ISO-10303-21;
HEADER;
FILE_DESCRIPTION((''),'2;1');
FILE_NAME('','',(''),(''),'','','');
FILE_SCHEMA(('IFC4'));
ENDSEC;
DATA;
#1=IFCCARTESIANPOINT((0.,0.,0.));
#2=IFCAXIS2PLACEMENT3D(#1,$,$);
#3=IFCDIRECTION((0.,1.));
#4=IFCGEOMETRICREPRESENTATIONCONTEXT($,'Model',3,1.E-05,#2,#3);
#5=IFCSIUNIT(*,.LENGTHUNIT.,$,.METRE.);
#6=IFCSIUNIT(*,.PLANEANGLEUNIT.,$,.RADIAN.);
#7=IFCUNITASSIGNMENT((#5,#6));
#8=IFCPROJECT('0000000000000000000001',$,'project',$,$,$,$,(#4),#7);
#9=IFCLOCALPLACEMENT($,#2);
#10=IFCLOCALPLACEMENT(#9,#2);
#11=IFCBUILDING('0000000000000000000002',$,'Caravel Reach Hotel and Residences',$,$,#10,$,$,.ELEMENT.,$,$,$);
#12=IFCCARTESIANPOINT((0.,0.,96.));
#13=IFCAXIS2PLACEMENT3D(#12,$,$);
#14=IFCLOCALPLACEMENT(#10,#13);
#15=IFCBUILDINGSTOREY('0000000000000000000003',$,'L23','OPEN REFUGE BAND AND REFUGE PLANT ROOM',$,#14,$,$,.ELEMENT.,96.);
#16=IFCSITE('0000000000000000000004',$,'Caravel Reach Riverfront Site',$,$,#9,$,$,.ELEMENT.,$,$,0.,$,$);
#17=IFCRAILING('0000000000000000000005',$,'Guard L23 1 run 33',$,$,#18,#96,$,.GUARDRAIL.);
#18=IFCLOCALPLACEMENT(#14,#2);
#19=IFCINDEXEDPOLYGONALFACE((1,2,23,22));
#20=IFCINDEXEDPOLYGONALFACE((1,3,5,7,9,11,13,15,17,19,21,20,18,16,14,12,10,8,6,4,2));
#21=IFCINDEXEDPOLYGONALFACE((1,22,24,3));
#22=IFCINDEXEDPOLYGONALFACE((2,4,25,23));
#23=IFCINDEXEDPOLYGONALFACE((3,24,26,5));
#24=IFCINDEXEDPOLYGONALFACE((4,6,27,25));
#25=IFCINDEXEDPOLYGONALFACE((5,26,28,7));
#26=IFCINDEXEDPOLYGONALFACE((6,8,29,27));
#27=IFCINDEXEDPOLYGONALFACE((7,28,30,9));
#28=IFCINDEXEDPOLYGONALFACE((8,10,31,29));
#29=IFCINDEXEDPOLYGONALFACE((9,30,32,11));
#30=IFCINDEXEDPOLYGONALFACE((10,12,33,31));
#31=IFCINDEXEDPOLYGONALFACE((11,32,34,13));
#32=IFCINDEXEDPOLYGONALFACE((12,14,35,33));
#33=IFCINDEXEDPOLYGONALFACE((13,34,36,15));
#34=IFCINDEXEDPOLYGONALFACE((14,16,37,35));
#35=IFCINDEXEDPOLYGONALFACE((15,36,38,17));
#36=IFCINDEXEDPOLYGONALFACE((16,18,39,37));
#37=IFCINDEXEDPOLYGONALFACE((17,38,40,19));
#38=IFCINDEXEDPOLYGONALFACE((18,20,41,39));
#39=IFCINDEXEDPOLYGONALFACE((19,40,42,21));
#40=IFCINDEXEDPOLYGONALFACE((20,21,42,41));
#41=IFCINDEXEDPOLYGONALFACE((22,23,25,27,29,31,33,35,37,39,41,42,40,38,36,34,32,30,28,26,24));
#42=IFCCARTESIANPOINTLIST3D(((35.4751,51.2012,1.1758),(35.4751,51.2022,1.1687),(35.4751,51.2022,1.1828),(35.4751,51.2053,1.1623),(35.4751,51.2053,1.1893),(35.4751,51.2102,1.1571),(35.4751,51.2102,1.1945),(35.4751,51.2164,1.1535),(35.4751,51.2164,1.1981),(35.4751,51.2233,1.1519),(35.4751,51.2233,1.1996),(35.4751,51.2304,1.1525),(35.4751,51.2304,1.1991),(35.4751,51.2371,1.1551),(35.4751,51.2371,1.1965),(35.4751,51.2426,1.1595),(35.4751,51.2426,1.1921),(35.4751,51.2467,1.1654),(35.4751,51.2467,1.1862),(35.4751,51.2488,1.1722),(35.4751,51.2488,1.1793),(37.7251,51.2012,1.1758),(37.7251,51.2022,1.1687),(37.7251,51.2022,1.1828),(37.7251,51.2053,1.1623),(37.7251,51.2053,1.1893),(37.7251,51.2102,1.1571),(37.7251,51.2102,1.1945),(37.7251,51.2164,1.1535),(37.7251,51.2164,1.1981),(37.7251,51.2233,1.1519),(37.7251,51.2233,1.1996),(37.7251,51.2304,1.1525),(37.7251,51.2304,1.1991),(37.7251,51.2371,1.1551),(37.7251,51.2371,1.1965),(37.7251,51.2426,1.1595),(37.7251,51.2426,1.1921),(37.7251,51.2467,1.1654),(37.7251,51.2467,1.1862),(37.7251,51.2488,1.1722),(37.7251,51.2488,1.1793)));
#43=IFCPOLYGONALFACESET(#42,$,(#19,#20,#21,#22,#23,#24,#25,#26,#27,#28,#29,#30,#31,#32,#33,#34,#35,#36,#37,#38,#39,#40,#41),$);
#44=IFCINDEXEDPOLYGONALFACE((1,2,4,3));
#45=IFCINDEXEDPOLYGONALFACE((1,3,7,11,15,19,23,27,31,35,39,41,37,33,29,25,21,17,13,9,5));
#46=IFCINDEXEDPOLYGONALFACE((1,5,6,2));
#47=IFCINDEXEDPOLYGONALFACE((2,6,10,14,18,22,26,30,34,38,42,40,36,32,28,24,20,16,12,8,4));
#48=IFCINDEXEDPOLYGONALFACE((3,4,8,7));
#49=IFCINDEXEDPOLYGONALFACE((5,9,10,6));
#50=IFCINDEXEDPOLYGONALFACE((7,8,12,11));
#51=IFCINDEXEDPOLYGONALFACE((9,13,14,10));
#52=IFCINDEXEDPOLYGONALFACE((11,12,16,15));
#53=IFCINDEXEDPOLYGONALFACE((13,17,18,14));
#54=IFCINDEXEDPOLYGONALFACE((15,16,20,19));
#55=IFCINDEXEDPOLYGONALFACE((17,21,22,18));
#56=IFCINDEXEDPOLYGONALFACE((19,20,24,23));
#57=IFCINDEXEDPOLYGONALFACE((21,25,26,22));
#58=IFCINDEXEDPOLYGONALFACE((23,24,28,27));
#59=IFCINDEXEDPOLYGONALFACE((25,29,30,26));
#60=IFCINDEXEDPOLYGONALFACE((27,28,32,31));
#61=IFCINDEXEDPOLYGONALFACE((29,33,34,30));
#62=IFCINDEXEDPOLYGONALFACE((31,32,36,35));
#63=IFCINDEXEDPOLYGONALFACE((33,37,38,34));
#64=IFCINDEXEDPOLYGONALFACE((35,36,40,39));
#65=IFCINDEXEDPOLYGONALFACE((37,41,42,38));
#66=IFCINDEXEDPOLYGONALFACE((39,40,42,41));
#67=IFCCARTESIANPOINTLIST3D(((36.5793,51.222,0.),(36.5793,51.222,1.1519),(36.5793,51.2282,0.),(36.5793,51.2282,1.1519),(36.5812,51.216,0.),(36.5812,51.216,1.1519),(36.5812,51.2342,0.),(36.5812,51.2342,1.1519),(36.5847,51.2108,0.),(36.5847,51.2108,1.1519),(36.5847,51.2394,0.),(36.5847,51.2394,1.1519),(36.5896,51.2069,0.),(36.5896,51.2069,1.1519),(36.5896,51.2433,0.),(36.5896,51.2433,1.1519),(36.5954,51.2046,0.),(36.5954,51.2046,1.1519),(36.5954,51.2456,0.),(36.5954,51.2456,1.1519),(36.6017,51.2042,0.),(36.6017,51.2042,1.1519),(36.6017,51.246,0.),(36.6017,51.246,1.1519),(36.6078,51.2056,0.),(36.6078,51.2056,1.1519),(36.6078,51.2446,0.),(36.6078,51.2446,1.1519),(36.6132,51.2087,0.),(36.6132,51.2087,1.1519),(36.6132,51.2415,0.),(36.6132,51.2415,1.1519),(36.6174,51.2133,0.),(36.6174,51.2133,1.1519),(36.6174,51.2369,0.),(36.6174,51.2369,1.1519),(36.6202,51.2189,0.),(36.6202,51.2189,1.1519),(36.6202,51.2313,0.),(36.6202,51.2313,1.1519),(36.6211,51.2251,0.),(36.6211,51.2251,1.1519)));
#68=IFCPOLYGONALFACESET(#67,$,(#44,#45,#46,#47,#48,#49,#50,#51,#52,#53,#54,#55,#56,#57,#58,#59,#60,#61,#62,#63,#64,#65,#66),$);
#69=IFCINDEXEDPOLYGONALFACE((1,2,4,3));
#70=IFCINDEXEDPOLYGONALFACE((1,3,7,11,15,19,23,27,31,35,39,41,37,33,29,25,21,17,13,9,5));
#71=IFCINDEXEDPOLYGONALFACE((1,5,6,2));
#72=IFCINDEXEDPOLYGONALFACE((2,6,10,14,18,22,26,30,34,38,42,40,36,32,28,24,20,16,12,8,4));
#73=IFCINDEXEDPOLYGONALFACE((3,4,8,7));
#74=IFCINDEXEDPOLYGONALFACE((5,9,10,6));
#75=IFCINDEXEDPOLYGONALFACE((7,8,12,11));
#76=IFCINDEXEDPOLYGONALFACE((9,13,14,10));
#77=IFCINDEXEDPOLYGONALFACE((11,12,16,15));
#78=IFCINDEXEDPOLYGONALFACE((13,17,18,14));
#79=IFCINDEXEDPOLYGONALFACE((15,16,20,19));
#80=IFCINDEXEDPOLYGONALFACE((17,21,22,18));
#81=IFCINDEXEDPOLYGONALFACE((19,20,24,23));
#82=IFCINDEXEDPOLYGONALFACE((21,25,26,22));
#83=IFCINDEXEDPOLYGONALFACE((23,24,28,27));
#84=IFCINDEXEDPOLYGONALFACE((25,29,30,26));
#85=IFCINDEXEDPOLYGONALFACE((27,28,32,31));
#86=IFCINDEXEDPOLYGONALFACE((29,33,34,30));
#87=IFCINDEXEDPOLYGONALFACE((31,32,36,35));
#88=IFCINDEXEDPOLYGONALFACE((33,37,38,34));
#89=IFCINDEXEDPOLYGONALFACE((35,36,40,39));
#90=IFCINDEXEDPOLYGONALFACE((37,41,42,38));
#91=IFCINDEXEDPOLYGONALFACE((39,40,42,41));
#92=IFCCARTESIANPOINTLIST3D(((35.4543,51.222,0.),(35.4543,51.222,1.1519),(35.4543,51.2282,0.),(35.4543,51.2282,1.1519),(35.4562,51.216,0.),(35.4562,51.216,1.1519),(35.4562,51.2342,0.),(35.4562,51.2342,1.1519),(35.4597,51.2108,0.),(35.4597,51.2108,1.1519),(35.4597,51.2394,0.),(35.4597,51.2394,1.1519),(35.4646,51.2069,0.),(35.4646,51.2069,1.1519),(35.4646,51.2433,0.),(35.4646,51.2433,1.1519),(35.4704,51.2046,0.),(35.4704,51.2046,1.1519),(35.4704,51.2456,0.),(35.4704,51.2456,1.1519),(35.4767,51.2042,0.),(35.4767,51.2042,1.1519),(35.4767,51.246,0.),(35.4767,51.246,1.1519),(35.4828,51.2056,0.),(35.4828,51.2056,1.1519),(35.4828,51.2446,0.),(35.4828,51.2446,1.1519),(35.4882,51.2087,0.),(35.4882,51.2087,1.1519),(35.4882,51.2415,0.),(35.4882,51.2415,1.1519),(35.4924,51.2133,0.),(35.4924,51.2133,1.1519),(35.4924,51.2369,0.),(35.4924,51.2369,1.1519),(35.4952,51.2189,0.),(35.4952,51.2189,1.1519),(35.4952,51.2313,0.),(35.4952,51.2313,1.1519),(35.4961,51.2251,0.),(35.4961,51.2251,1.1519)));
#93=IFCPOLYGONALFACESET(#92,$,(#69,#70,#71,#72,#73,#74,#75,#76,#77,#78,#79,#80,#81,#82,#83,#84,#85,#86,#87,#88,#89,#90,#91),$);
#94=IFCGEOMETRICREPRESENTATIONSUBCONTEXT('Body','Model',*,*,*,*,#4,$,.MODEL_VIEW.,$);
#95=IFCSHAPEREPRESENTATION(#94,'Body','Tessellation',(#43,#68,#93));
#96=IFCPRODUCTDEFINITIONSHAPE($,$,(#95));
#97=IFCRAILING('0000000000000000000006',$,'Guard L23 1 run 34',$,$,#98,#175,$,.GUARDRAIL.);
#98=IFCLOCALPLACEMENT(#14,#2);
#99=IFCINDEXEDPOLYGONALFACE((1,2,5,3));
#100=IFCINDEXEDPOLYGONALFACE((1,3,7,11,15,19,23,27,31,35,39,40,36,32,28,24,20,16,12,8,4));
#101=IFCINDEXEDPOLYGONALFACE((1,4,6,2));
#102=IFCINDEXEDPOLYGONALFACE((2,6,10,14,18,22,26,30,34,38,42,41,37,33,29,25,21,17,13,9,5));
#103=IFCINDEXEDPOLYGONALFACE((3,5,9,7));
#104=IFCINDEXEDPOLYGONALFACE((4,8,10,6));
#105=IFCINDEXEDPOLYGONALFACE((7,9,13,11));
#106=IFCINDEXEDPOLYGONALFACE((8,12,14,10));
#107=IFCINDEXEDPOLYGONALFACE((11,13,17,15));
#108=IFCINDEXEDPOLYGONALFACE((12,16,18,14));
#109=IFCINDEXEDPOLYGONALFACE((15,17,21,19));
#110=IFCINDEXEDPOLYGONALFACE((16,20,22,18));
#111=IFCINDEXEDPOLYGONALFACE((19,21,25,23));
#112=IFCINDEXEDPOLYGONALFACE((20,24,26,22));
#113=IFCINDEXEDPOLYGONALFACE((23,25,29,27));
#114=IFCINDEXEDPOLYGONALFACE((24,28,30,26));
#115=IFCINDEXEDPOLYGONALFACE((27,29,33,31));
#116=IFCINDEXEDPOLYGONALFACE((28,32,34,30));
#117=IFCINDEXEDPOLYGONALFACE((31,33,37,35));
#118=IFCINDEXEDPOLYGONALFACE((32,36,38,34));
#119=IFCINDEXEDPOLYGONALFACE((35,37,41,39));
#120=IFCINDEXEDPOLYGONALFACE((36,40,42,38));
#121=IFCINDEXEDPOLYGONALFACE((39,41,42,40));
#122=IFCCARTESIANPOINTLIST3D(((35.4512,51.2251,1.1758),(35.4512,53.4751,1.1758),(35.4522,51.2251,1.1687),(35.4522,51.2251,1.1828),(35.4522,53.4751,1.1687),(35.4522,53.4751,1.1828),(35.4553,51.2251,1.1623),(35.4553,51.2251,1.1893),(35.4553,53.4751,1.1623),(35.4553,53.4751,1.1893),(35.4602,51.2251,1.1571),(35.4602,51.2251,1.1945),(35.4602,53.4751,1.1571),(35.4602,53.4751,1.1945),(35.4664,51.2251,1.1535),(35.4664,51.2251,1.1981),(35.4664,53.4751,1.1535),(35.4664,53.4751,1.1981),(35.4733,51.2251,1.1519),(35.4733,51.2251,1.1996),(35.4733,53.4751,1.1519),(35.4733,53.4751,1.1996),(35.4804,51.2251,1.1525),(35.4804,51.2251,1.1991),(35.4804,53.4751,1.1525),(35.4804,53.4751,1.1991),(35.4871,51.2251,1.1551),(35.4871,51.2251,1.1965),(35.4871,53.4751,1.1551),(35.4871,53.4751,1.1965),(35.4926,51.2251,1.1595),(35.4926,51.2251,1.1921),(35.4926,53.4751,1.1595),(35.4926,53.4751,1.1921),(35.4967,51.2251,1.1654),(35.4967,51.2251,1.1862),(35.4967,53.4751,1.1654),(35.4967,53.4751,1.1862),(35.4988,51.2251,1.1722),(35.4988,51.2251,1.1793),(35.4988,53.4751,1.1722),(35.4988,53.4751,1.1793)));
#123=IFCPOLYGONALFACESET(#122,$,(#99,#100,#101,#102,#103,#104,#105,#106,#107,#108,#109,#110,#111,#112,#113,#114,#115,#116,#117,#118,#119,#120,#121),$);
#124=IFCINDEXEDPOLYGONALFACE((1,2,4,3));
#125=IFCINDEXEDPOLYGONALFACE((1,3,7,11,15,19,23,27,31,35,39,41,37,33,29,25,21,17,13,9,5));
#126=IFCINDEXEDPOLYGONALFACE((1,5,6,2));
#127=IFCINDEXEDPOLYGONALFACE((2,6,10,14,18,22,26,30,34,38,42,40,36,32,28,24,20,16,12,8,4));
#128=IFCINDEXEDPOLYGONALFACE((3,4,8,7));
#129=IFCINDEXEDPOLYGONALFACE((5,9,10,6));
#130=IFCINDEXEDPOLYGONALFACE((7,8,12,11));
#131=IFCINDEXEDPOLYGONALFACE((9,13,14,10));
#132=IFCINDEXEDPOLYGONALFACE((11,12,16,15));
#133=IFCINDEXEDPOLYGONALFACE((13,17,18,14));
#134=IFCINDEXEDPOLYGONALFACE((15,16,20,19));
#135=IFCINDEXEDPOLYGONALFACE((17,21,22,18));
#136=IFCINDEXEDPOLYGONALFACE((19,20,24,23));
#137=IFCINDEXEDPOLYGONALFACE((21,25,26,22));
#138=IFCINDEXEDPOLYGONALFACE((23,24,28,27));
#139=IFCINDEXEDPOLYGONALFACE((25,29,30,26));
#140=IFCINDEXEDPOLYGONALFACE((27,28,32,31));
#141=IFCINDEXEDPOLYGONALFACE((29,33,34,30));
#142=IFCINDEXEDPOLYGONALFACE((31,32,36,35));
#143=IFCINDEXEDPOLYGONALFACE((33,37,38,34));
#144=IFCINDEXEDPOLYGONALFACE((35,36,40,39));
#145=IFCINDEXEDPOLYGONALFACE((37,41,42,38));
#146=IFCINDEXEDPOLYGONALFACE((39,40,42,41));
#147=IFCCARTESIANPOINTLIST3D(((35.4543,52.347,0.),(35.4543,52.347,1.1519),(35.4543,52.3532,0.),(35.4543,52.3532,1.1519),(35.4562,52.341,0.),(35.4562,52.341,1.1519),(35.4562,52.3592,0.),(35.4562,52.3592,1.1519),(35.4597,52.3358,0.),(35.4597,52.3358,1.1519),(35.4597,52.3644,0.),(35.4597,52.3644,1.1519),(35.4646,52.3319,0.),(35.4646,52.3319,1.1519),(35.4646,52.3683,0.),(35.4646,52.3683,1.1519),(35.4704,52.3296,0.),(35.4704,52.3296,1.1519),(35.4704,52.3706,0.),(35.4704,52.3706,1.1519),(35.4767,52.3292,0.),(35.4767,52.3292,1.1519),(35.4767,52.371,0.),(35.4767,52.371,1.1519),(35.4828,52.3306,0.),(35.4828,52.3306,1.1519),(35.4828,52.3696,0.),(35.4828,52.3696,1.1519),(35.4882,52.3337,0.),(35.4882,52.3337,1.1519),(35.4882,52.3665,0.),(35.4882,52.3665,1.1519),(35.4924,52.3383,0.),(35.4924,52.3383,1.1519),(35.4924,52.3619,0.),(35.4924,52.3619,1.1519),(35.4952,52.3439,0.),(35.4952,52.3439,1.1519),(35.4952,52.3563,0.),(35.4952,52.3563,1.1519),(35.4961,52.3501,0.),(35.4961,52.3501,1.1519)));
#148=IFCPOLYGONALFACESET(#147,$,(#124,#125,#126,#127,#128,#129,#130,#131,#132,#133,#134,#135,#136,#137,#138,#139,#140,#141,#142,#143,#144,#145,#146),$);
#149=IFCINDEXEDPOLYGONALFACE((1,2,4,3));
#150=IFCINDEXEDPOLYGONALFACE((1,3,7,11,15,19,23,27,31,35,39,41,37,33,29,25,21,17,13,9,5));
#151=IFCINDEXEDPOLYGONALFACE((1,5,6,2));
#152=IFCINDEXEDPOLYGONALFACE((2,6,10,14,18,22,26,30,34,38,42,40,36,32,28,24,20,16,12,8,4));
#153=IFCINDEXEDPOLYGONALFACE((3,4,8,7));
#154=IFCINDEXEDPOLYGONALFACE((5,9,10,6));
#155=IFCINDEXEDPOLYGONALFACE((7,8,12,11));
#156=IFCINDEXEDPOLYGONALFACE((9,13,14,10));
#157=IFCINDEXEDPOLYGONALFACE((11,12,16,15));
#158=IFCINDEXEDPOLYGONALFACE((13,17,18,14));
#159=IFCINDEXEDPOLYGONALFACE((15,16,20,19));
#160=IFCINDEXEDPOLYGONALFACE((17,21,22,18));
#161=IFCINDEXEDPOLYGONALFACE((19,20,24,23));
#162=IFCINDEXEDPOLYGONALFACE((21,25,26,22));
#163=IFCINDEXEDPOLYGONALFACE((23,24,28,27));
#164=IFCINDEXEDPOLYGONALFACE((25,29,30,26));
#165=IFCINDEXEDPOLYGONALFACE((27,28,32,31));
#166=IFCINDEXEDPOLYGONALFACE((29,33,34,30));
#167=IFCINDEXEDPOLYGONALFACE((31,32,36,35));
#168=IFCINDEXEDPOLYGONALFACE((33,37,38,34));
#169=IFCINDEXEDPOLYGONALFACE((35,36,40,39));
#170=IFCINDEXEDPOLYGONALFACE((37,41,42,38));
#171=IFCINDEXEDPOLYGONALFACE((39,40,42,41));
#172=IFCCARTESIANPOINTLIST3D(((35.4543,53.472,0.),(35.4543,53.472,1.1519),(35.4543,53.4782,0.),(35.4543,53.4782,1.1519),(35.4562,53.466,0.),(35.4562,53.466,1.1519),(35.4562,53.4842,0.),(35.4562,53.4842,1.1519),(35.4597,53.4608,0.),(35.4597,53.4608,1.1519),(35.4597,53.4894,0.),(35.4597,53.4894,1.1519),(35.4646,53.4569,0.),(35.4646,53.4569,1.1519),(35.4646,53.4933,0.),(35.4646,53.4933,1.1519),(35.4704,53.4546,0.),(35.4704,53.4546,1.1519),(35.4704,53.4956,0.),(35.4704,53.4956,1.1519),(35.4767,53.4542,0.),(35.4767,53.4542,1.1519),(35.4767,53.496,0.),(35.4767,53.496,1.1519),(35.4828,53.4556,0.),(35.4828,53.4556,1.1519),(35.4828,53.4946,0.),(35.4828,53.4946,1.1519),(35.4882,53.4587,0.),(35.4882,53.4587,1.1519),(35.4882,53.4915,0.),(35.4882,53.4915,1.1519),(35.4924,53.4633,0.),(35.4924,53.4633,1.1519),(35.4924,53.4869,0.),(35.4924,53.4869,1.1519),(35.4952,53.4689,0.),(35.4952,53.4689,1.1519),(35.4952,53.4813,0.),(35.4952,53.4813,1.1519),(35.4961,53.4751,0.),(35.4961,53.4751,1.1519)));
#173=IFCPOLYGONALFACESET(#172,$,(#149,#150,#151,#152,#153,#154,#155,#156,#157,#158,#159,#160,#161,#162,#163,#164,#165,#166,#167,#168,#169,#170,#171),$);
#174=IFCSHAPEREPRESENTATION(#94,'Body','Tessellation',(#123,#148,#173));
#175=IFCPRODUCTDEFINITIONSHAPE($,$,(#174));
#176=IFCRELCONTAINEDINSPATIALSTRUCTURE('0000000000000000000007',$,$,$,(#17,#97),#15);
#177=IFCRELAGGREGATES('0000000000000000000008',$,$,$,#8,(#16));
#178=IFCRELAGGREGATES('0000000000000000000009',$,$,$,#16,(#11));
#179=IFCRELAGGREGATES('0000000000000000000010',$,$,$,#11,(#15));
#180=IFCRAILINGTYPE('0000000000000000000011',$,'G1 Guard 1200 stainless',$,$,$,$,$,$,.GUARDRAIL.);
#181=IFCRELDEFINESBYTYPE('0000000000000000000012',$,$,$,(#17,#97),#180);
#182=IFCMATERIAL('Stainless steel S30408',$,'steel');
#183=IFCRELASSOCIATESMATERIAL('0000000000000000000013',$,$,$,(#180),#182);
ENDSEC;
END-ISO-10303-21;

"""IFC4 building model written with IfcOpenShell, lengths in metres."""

from ifc_helpers import new_model, si_unit, direction, frame, origin, origin_2d, place, context, subcontext, project, spatial, circle, extrude, material, type_object, element, save


model = new_model("IFC4")

# Units and contexts
model_context = context("Model", 3, precision=1e-05, world=origin(), true_north=direction((0.0, 1.0)))
body_context = subcontext(model_context, "Body", "Model", "MODEL_VIEW")
ifc_project = project(units=[si_unit("LENGTHUNIT", "METRE"), si_unit("PLANEANGLEUNIT", "RADIAN")], contexts=[model_context])

# Site, building, storey
site_placement = place(None, origin())
site = spatial("IfcSite", under=ifc_project, at=site_placement, Name="Caravel Reach Riverfront Site", CompositionType="ELEMENT", RefElevation=0.0)
building_placement = place(site_placement, origin())
building = spatial("IfcBuilding", under=site, at=building_placement, Name="Caravel Reach Hotel and Residences", CompositionType="ELEMENT")
storey_placement = place(building_placement, frame((0.0, 0.0, 96.0)))
storey = spatial("IfcBuildingStorey", under=building, at=storey_placement, Name="L23", Description="OPEN REFUGE BAND AND REFUGE PLANT ROOM", CompositionType="ELEMENT", Elevation=96.0)

# Railings
ifc_material_1 = material(Name="Stainless steel S30408", Category="steel")
railing_type = type_object("IfcRailingType", Name="G1 Guard 1200 stainless", PredefinedType="GUARDRAIL", material=ifc_material_1)
railing_1_placement = place(storey_placement, frame((37.7251, 51.2251, 0.0)))
element("IfcRailing", 1, at=railing_1_placement, inside=storey, type_object=railing_type, Name="Guard L23 1 run 33", PredefinedType="GUARDRAIL", context=body_context, shape_type="SweptSolid", body=[
    extrude(circle(Radius=0.0239, at=origin_2d()), frame((0.0, 0.0, 1.1758), z_axis=(-1.0, 0.0, 0.0), x_axis=(0.0, -1.0, 0.0)), (0.0, 0.0, 1.0), 2.25),
    extrude(circle(Radius=0.021, at=origin_2d()), frame((-1.125, 0.0, 0.0)), (0.0, 0.0, 1.0), 1.1519),
    extrude(circle(Radius=0.021, at=origin_2d()), frame((-2.25, 0.0, 0.0)), (0.0, 0.0, 1.0), 1.1519),
])
railing_2_placement = place(storey_placement, frame((35.4751, 51.2251, 0.0)))
element("IfcRailing", 2, at=railing_2_placement, inside=storey, type_object=railing_type, Name="Guard L23 1 run 34", PredefinedType="GUARDRAIL", context=body_context, shape_type="SweptSolid", body=[
    extrude(circle(Radius=0.0239, at=origin_2d()), frame((0.0, 0.0, 1.1758), z_axis=(0.0, 1.0, 0.0), x_axis=(-1.0, 0.0, 0.0)), (0.0, 0.0, 1.0), 2.25),
    extrude(circle(Radius=0.021, at=origin_2d()), frame((0.0, 1.125, 0.0)), (0.0, 0.0, 1.0), 1.1519),
    extrude(circle(Radius=0.021, at=origin_2d()), frame((0.0, 2.25, 0.0)), (0.0, 0.0, 1.0), 1.1519),
])

save(model, "model.ifc")
